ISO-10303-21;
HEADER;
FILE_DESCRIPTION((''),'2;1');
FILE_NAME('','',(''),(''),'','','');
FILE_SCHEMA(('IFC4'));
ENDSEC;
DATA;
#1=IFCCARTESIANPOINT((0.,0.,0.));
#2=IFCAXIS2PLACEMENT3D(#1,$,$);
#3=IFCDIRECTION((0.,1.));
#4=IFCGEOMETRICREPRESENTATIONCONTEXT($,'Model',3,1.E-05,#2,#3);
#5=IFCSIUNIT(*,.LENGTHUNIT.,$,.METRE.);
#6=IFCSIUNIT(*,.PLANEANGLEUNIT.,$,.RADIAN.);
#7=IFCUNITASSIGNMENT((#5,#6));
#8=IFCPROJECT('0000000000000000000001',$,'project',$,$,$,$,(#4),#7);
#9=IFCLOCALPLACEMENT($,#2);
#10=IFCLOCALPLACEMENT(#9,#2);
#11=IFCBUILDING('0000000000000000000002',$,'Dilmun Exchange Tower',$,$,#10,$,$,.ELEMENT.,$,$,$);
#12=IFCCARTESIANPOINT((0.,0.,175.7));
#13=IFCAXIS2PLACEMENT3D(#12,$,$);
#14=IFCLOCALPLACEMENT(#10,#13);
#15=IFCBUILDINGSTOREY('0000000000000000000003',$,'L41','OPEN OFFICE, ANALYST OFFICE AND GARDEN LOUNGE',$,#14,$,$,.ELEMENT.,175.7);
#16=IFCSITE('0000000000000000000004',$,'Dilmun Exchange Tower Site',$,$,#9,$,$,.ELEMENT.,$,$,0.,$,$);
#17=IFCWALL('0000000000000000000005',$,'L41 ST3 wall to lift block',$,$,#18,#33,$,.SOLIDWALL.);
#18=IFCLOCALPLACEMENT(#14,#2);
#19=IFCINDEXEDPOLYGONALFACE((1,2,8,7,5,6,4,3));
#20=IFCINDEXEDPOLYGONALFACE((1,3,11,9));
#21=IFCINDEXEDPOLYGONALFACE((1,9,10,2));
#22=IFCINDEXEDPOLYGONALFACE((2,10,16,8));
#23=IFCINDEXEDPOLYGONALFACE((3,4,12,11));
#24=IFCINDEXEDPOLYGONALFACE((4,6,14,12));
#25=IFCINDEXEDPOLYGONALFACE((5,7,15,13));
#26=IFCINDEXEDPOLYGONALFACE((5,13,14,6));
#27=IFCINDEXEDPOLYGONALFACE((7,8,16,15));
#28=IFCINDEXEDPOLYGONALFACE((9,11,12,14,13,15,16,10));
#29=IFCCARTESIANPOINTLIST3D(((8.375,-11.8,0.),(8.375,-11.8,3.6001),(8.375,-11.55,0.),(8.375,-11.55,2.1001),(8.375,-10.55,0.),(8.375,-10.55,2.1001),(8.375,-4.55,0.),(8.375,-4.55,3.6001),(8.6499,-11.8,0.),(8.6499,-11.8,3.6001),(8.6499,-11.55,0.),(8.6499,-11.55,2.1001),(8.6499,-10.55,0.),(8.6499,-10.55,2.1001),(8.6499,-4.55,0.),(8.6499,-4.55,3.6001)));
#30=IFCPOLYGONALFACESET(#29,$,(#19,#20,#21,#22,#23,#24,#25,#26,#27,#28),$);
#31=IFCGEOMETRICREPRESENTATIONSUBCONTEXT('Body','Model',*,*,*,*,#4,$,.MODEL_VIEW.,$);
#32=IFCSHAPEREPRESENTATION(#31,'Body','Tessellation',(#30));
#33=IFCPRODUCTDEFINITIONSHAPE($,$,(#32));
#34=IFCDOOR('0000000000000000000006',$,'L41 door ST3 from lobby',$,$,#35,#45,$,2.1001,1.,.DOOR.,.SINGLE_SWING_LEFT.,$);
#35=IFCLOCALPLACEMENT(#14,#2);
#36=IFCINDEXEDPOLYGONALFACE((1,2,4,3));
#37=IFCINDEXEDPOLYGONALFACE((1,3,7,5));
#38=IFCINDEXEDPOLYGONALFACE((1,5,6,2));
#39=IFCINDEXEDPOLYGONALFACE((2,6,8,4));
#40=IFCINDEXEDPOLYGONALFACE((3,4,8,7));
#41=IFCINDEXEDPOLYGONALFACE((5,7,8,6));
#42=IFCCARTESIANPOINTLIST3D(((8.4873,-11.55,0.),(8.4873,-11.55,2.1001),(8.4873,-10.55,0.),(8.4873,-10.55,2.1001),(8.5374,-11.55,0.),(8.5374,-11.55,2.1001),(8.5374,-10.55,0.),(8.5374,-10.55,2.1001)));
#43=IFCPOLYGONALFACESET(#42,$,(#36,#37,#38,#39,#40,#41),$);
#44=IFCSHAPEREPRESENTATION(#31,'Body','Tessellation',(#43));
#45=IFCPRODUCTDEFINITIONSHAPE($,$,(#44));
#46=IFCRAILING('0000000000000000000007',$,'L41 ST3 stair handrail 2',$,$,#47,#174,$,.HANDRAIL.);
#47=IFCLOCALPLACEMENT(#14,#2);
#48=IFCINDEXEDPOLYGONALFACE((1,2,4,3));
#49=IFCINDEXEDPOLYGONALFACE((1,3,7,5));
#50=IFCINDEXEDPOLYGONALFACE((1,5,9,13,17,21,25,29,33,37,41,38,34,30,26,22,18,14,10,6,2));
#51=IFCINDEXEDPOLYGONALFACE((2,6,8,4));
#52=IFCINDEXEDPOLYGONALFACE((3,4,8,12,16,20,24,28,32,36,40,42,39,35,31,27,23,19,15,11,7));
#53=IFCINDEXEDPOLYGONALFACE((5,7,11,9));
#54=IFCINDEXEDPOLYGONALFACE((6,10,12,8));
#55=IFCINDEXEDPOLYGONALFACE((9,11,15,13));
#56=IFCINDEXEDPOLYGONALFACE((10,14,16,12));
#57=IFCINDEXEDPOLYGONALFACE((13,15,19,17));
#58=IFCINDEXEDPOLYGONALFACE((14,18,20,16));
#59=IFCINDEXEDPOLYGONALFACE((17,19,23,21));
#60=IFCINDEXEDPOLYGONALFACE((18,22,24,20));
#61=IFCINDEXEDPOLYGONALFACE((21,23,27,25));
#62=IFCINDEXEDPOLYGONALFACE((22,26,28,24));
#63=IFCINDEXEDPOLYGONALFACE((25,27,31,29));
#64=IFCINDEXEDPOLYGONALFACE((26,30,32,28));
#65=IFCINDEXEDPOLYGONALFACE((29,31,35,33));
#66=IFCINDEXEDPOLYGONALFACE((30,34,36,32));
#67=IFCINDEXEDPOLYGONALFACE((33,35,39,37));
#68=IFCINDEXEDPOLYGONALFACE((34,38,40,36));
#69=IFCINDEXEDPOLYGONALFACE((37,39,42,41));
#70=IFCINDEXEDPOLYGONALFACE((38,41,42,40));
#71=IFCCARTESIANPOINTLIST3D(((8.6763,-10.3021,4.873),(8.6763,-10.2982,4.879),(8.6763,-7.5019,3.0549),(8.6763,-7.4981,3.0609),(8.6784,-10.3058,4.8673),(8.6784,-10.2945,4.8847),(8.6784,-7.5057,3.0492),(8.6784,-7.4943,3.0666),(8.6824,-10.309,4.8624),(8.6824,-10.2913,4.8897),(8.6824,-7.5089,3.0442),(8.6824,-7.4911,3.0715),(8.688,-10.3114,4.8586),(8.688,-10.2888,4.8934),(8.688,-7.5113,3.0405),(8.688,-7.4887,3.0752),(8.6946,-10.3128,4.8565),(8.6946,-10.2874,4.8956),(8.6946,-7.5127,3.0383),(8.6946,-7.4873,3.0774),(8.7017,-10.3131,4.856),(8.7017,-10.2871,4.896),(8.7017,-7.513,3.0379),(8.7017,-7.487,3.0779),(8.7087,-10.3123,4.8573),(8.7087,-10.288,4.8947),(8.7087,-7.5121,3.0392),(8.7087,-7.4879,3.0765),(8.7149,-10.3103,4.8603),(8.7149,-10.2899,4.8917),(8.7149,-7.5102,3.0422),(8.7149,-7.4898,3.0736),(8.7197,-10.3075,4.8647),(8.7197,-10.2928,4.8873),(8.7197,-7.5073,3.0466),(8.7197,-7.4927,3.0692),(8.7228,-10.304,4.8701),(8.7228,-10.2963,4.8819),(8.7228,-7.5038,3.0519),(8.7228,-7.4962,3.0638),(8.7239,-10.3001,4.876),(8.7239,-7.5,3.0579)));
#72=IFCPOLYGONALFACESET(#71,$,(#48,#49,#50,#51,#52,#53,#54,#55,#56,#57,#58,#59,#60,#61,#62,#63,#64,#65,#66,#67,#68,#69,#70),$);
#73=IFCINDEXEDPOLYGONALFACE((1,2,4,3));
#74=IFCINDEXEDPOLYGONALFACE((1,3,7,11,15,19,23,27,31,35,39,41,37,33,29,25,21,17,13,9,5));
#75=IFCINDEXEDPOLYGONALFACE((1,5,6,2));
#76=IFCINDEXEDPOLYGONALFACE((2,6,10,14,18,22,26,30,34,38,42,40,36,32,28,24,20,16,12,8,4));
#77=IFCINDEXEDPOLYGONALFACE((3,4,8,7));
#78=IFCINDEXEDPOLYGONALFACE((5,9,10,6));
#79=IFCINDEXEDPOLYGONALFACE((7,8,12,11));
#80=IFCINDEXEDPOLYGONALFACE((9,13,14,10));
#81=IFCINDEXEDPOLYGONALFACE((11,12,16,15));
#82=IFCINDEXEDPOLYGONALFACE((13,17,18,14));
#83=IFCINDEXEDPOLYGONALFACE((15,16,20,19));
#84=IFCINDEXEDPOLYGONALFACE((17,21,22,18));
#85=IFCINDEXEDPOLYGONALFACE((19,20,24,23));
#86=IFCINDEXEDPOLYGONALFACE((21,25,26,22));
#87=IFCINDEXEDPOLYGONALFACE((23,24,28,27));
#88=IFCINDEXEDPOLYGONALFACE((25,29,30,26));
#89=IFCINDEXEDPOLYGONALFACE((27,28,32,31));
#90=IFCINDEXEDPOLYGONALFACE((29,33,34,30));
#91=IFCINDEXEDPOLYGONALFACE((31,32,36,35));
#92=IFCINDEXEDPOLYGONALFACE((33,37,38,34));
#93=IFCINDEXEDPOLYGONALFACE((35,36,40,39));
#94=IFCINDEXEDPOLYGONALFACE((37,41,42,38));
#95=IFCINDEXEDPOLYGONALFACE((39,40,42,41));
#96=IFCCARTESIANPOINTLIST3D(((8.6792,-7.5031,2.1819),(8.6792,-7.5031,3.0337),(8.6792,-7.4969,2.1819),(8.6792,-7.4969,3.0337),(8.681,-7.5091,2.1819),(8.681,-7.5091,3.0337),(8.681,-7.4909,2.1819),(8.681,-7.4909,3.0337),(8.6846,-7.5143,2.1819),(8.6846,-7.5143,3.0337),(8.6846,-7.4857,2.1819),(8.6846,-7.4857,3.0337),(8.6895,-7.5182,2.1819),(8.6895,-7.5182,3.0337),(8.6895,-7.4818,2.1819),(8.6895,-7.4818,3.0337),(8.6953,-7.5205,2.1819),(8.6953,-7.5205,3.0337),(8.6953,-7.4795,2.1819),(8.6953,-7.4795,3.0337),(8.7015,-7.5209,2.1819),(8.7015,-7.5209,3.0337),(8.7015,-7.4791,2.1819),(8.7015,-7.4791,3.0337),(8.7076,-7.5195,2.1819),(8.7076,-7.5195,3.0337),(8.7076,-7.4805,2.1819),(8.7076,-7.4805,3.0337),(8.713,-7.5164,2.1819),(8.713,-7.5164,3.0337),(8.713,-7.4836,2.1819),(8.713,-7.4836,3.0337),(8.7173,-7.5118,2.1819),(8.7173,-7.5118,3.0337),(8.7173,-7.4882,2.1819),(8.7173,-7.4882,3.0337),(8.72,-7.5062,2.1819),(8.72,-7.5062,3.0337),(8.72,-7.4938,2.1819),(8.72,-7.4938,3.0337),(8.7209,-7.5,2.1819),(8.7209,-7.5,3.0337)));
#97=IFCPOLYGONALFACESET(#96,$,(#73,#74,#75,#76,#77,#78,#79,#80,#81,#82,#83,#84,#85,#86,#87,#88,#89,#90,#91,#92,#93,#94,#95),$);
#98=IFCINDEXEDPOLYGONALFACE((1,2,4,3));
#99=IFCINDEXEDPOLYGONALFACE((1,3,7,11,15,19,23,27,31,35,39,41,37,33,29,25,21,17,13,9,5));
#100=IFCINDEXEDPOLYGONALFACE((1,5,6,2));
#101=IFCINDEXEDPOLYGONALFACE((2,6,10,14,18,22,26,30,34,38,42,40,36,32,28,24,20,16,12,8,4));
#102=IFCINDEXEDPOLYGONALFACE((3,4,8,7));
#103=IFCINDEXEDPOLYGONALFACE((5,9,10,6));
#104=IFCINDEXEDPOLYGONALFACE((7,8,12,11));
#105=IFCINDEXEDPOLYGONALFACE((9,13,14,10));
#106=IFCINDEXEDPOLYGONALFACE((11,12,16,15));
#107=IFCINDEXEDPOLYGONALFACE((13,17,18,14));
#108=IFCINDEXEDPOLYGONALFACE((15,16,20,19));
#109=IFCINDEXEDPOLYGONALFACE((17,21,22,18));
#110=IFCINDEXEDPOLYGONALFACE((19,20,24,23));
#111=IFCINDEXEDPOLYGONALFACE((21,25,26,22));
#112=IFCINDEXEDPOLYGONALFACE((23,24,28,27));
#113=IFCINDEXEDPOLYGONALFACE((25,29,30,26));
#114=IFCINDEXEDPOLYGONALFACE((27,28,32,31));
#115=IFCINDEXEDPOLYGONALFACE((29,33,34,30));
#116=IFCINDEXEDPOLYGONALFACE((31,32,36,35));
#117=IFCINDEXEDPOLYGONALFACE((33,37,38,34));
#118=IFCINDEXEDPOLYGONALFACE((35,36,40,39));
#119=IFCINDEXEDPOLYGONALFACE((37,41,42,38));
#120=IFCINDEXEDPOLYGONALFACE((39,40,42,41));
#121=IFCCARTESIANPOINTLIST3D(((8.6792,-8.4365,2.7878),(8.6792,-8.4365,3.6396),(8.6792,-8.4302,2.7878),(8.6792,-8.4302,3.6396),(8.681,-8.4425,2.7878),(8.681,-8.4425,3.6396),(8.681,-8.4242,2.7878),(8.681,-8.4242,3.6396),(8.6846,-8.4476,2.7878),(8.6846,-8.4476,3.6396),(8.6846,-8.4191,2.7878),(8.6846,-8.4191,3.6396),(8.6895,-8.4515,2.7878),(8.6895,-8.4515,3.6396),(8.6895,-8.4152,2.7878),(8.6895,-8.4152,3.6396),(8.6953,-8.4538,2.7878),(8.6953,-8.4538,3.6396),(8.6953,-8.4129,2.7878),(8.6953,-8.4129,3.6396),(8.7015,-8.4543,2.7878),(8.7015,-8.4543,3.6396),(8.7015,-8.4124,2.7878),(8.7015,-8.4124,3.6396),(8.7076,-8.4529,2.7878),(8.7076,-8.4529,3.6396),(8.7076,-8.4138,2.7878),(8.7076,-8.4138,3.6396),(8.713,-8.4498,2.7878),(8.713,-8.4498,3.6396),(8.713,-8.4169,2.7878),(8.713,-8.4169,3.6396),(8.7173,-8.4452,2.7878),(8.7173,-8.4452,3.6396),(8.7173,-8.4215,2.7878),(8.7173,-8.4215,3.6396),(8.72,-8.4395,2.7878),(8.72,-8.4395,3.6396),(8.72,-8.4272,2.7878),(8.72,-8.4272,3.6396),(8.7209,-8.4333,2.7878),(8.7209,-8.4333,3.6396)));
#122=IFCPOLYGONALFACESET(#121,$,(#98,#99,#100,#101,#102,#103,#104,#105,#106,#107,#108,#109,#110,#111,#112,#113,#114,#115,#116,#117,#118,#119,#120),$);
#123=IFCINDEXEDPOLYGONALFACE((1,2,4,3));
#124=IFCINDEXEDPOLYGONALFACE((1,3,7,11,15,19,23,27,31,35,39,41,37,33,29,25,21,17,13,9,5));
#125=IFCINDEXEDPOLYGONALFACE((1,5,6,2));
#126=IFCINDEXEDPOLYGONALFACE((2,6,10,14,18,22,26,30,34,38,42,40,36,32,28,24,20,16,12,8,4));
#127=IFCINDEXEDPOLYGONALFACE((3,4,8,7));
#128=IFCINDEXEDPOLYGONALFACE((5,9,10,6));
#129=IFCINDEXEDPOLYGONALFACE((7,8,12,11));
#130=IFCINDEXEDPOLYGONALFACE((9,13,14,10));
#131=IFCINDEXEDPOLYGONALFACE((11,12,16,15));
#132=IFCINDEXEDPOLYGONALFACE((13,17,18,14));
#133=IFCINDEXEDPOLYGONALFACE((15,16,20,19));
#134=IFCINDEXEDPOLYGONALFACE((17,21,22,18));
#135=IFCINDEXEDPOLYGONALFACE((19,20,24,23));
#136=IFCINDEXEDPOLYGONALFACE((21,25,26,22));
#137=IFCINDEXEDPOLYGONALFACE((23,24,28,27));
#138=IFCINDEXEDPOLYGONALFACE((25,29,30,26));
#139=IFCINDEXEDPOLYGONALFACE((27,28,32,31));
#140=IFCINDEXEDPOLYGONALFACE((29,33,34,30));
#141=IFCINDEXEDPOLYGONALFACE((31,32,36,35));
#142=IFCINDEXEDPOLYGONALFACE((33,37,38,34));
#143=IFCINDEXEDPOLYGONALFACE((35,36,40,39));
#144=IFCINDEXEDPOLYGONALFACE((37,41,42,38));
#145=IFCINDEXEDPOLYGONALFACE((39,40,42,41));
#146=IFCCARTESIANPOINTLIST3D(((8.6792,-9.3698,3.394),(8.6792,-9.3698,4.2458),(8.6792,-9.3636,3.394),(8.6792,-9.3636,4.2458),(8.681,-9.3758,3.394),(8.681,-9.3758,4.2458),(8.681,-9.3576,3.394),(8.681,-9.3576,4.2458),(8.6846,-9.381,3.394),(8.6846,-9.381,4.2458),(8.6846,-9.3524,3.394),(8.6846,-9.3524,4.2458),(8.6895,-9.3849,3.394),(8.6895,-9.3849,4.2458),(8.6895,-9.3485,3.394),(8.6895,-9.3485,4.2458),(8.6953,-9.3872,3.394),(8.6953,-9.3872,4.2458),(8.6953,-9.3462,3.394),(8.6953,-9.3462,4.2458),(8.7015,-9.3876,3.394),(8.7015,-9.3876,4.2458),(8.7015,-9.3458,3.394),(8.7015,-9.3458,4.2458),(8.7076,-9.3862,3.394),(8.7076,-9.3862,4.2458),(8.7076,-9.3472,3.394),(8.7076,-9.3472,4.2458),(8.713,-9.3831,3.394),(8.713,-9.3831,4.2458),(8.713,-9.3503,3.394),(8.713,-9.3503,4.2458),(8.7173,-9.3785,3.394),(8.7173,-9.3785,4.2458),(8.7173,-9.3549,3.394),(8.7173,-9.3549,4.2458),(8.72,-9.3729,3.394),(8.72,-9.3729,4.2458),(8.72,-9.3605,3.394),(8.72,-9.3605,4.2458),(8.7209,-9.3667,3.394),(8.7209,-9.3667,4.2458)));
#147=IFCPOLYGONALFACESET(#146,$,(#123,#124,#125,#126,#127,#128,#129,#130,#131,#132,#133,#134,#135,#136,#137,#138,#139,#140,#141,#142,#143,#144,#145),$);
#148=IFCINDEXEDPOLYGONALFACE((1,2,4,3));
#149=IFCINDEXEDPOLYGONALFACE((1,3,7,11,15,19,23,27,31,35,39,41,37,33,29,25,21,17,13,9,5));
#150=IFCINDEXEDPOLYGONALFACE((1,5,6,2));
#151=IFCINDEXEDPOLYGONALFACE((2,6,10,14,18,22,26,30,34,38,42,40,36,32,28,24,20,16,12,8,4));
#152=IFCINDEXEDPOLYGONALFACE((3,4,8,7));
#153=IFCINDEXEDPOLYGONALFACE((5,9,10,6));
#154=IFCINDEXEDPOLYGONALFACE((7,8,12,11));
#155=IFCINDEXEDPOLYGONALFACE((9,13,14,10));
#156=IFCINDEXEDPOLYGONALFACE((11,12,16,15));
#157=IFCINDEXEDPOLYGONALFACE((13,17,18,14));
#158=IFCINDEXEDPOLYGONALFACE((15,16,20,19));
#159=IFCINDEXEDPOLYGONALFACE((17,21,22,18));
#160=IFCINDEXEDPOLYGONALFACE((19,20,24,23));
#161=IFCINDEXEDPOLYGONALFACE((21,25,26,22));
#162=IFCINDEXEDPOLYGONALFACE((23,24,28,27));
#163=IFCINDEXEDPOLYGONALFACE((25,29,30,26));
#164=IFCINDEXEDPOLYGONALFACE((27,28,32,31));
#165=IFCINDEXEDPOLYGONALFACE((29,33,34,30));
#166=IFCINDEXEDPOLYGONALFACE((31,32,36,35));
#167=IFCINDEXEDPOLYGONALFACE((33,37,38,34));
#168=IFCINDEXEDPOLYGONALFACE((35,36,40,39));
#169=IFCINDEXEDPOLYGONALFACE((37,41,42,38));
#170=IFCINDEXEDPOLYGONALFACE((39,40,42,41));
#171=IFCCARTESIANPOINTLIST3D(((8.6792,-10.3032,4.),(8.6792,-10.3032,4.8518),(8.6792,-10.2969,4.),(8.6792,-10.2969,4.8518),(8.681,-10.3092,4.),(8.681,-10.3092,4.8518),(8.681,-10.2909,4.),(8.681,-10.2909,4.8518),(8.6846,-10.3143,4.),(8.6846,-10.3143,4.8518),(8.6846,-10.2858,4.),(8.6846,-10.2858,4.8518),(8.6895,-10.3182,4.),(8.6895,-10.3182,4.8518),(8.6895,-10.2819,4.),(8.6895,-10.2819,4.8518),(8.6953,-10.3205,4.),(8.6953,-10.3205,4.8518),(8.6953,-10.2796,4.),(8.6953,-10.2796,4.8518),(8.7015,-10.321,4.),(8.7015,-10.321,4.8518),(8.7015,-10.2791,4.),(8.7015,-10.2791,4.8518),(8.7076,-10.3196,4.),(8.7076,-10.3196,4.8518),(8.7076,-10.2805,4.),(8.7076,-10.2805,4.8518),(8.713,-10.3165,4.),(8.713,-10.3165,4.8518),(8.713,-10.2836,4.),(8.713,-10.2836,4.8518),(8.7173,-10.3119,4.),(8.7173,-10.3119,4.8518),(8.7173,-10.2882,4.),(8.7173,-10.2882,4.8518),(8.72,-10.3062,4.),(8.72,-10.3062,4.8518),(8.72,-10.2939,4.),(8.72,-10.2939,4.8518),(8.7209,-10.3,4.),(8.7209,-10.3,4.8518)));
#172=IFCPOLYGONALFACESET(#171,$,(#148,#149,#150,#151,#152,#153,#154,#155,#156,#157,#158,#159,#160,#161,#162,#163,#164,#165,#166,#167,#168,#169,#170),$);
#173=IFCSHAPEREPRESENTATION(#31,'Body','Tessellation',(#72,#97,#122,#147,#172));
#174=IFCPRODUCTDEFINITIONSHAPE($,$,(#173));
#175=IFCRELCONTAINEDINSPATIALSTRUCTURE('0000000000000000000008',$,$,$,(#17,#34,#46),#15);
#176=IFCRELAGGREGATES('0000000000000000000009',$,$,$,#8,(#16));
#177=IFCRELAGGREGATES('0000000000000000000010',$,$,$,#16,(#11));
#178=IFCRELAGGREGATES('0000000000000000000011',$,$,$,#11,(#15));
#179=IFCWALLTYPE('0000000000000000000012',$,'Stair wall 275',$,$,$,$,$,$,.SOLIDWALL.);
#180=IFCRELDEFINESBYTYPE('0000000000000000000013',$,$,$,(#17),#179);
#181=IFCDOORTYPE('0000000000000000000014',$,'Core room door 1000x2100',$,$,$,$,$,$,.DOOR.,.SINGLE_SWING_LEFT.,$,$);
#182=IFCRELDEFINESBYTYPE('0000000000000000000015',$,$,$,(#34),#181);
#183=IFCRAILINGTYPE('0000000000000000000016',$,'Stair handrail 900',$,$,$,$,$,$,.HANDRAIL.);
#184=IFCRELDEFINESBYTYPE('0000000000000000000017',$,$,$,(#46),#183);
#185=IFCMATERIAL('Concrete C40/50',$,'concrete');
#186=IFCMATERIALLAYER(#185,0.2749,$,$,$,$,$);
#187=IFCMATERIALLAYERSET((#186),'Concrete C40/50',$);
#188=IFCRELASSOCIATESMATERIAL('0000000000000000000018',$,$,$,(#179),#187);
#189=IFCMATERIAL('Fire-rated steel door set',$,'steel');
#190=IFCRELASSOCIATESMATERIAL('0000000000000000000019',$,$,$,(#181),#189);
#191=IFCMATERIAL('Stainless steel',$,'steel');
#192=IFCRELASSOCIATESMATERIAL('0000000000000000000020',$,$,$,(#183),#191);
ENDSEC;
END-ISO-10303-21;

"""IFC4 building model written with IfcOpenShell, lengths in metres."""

from ifc_helpers import new_model, si_unit, direction, frame, frame_2d, origin, origin_2d, place, context, subcontext, project, spatial, rectangle, circle, extrude, material, layer, layer_set, type_object, element, fill, save


model = new_model("IFC4")

# Units and contexts
model_context = context("Model", 3, precision=1e-05, world=origin(), true_north=direction((0.0, 1.0)))
body_context = subcontext(model_context, "Body", "Model", "MODEL_VIEW")
ifc_project = project(units=[si_unit("LENGTHUNIT", "METRE"), si_unit("PLANEANGLEUNIT", "RADIAN")], contexts=[model_context])

# Site, building, storey
site_placement = place(None, origin())
site = spatial("IfcSite", under=ifc_project, at=site_placement, Name="Dilmun Exchange Tower Site", CompositionType="ELEMENT", RefElevation=0.0)
building_placement = place(site_placement, origin())
building = spatial("IfcBuilding", under=site, at=building_placement, Name="Dilmun Exchange Tower", CompositionType="ELEMENT")
storey_placement = place(building_placement, frame((0.0, 0.0, 175.7)))
storey = spatial("IfcBuildingStorey", under=building, at=storey_placement, Name="L41", Description="OPEN OFFICE, ANALYST OFFICE AND GARDEN LOUNGE", CompositionType="ELEMENT", Elevation=175.7)

# Shared definitions
ifc_material_1 = material(Name="Concrete C40/50", Category="concrete")

# Wall, opening, door
ifc_layer_1 = layer(ifc_material_1, 0.2749)
ifc_layer_set_1 = layer_set([ifc_layer_1], Name="Concrete C40/50")
wall_type_1 = type_object("IfcWallType", Name="Stair wall 275", PredefinedType="SOLIDWALL", material=ifc_layer_set_1)
wall_1_placement = place(storey_placement, frame((8.5125, -4.55, 0.0), z_axis=(0.0, 0.0, 1.0), x_axis=(0.0, -1.0, 0.0)))
wall_1 = element("IfcWall", 1, at=wall_1_placement, inside=storey, type_object=wall_type_1, Name="L41 ST3 wall to lift block", PredefinedType="SOLIDWALL", context=body_context, shape_type="SweptSolid", body=[
    extrude(rectangle(XDim=7.25, YDim=0.2749, at=frame_2d((3.625, 0.0))), origin(), (0.0, 0.0, 1.0), 3.6001),
])
opening_placement = place(wall_1_placement, frame((6.0, 0.0, 0.0)))
opening = element("IfcOpeningElement", 2, at=opening_placement, cuts=wall_1, PredefinedType="OPENING", context=body_context, shape_type="SweptSolid", body=[
    extrude(rectangle(XDim=1.0, YDim=2.1001, at=frame_2d((0.5, 1.05))), frame((0.0, 0.1475, 0.0), z_axis=(0.0, -1.0, 0.0), x_axis=(1.0, 0.0, 0.0)), (0.0, 0.0, 1.0), 0.2949),
])
ifc_material_2 = material(Name="Fire-rated steel door set", Category="steel")
door_type = type_object("IfcDoorType", Name="Core room door 1000x2100", OperationType="SINGLE_SWING_LEFT", PredefinedType="DOOR", material=ifc_material_2)
door_placement = place(opening_placement, origin())
door = element("IfcDoor", 3, at=door_placement, inside=storey, type_object=door_type, Name="L41 door ST3 from lobby", OperationType="SINGLE_SWING_LEFT", OverallHeight=2.1001, OverallWidth=1.0, PredefinedType="DOOR", context=body_context, shape_type="SweptSolid", body=[
    extrude(rectangle(XDim=1.0, YDim=2.1001, at=frame_2d((0.5, 1.05))), frame((0.0, 0.0249, 0.0), z_axis=(0.0, -1.0, 0.0), x_axis=(1.0, 0.0, 0.0)), (0.0, 0.0, 1.0), 0.05),
])
fill(opening, door)

# Railing
ifc_material_3 = material(Name="Stainless steel", Category="steel")
railing_type = type_object("IfcRailingType", Name="Stair handrail 900", PredefinedType="HANDRAIL", material=ifc_material_3)
railing_placement = place(storey_placement, frame((8.7, -7.5, 2.1819)))
element("IfcRailing", 4, at=railing_placement, inside=storey, type_object=railing_type, Name="L41 ST3 stair handrail 2", PredefinedType="HANDRAIL", context=body_context, shape_type="SweptSolid", body=[
    extrude(circle(Radius=0.0239, at=origin_2d()), frame((0.0, 0.0, 0.876), z_axis=(0.0, -0.838706, 0.544585), x_axis=(1.0, 0.0, 0.0)), (0.0, 0.0, 1.0), 3.3386),
    extrude(circle(Radius=0.021, at=origin_2d()), origin(), (0.0, 0.0, 1.0), 0.8518),
    extrude(circle(Radius=0.021, at=origin_2d()), frame((0.0, -0.9333, 0.606)), (0.0, 0.0, 1.0), 0.8518),
    extrude(circle(Radius=0.021, at=origin_2d()), frame((0.0, -1.8667, 1.2122)), (0.0, 0.0, 1.0), 0.8518),
    extrude(circle(Radius=0.021, at=origin_2d()), frame((0.0, -2.8, 1.8181)), (0.0, 0.0, 1.0), 0.8518),
])

save(model, "model.ifc")
